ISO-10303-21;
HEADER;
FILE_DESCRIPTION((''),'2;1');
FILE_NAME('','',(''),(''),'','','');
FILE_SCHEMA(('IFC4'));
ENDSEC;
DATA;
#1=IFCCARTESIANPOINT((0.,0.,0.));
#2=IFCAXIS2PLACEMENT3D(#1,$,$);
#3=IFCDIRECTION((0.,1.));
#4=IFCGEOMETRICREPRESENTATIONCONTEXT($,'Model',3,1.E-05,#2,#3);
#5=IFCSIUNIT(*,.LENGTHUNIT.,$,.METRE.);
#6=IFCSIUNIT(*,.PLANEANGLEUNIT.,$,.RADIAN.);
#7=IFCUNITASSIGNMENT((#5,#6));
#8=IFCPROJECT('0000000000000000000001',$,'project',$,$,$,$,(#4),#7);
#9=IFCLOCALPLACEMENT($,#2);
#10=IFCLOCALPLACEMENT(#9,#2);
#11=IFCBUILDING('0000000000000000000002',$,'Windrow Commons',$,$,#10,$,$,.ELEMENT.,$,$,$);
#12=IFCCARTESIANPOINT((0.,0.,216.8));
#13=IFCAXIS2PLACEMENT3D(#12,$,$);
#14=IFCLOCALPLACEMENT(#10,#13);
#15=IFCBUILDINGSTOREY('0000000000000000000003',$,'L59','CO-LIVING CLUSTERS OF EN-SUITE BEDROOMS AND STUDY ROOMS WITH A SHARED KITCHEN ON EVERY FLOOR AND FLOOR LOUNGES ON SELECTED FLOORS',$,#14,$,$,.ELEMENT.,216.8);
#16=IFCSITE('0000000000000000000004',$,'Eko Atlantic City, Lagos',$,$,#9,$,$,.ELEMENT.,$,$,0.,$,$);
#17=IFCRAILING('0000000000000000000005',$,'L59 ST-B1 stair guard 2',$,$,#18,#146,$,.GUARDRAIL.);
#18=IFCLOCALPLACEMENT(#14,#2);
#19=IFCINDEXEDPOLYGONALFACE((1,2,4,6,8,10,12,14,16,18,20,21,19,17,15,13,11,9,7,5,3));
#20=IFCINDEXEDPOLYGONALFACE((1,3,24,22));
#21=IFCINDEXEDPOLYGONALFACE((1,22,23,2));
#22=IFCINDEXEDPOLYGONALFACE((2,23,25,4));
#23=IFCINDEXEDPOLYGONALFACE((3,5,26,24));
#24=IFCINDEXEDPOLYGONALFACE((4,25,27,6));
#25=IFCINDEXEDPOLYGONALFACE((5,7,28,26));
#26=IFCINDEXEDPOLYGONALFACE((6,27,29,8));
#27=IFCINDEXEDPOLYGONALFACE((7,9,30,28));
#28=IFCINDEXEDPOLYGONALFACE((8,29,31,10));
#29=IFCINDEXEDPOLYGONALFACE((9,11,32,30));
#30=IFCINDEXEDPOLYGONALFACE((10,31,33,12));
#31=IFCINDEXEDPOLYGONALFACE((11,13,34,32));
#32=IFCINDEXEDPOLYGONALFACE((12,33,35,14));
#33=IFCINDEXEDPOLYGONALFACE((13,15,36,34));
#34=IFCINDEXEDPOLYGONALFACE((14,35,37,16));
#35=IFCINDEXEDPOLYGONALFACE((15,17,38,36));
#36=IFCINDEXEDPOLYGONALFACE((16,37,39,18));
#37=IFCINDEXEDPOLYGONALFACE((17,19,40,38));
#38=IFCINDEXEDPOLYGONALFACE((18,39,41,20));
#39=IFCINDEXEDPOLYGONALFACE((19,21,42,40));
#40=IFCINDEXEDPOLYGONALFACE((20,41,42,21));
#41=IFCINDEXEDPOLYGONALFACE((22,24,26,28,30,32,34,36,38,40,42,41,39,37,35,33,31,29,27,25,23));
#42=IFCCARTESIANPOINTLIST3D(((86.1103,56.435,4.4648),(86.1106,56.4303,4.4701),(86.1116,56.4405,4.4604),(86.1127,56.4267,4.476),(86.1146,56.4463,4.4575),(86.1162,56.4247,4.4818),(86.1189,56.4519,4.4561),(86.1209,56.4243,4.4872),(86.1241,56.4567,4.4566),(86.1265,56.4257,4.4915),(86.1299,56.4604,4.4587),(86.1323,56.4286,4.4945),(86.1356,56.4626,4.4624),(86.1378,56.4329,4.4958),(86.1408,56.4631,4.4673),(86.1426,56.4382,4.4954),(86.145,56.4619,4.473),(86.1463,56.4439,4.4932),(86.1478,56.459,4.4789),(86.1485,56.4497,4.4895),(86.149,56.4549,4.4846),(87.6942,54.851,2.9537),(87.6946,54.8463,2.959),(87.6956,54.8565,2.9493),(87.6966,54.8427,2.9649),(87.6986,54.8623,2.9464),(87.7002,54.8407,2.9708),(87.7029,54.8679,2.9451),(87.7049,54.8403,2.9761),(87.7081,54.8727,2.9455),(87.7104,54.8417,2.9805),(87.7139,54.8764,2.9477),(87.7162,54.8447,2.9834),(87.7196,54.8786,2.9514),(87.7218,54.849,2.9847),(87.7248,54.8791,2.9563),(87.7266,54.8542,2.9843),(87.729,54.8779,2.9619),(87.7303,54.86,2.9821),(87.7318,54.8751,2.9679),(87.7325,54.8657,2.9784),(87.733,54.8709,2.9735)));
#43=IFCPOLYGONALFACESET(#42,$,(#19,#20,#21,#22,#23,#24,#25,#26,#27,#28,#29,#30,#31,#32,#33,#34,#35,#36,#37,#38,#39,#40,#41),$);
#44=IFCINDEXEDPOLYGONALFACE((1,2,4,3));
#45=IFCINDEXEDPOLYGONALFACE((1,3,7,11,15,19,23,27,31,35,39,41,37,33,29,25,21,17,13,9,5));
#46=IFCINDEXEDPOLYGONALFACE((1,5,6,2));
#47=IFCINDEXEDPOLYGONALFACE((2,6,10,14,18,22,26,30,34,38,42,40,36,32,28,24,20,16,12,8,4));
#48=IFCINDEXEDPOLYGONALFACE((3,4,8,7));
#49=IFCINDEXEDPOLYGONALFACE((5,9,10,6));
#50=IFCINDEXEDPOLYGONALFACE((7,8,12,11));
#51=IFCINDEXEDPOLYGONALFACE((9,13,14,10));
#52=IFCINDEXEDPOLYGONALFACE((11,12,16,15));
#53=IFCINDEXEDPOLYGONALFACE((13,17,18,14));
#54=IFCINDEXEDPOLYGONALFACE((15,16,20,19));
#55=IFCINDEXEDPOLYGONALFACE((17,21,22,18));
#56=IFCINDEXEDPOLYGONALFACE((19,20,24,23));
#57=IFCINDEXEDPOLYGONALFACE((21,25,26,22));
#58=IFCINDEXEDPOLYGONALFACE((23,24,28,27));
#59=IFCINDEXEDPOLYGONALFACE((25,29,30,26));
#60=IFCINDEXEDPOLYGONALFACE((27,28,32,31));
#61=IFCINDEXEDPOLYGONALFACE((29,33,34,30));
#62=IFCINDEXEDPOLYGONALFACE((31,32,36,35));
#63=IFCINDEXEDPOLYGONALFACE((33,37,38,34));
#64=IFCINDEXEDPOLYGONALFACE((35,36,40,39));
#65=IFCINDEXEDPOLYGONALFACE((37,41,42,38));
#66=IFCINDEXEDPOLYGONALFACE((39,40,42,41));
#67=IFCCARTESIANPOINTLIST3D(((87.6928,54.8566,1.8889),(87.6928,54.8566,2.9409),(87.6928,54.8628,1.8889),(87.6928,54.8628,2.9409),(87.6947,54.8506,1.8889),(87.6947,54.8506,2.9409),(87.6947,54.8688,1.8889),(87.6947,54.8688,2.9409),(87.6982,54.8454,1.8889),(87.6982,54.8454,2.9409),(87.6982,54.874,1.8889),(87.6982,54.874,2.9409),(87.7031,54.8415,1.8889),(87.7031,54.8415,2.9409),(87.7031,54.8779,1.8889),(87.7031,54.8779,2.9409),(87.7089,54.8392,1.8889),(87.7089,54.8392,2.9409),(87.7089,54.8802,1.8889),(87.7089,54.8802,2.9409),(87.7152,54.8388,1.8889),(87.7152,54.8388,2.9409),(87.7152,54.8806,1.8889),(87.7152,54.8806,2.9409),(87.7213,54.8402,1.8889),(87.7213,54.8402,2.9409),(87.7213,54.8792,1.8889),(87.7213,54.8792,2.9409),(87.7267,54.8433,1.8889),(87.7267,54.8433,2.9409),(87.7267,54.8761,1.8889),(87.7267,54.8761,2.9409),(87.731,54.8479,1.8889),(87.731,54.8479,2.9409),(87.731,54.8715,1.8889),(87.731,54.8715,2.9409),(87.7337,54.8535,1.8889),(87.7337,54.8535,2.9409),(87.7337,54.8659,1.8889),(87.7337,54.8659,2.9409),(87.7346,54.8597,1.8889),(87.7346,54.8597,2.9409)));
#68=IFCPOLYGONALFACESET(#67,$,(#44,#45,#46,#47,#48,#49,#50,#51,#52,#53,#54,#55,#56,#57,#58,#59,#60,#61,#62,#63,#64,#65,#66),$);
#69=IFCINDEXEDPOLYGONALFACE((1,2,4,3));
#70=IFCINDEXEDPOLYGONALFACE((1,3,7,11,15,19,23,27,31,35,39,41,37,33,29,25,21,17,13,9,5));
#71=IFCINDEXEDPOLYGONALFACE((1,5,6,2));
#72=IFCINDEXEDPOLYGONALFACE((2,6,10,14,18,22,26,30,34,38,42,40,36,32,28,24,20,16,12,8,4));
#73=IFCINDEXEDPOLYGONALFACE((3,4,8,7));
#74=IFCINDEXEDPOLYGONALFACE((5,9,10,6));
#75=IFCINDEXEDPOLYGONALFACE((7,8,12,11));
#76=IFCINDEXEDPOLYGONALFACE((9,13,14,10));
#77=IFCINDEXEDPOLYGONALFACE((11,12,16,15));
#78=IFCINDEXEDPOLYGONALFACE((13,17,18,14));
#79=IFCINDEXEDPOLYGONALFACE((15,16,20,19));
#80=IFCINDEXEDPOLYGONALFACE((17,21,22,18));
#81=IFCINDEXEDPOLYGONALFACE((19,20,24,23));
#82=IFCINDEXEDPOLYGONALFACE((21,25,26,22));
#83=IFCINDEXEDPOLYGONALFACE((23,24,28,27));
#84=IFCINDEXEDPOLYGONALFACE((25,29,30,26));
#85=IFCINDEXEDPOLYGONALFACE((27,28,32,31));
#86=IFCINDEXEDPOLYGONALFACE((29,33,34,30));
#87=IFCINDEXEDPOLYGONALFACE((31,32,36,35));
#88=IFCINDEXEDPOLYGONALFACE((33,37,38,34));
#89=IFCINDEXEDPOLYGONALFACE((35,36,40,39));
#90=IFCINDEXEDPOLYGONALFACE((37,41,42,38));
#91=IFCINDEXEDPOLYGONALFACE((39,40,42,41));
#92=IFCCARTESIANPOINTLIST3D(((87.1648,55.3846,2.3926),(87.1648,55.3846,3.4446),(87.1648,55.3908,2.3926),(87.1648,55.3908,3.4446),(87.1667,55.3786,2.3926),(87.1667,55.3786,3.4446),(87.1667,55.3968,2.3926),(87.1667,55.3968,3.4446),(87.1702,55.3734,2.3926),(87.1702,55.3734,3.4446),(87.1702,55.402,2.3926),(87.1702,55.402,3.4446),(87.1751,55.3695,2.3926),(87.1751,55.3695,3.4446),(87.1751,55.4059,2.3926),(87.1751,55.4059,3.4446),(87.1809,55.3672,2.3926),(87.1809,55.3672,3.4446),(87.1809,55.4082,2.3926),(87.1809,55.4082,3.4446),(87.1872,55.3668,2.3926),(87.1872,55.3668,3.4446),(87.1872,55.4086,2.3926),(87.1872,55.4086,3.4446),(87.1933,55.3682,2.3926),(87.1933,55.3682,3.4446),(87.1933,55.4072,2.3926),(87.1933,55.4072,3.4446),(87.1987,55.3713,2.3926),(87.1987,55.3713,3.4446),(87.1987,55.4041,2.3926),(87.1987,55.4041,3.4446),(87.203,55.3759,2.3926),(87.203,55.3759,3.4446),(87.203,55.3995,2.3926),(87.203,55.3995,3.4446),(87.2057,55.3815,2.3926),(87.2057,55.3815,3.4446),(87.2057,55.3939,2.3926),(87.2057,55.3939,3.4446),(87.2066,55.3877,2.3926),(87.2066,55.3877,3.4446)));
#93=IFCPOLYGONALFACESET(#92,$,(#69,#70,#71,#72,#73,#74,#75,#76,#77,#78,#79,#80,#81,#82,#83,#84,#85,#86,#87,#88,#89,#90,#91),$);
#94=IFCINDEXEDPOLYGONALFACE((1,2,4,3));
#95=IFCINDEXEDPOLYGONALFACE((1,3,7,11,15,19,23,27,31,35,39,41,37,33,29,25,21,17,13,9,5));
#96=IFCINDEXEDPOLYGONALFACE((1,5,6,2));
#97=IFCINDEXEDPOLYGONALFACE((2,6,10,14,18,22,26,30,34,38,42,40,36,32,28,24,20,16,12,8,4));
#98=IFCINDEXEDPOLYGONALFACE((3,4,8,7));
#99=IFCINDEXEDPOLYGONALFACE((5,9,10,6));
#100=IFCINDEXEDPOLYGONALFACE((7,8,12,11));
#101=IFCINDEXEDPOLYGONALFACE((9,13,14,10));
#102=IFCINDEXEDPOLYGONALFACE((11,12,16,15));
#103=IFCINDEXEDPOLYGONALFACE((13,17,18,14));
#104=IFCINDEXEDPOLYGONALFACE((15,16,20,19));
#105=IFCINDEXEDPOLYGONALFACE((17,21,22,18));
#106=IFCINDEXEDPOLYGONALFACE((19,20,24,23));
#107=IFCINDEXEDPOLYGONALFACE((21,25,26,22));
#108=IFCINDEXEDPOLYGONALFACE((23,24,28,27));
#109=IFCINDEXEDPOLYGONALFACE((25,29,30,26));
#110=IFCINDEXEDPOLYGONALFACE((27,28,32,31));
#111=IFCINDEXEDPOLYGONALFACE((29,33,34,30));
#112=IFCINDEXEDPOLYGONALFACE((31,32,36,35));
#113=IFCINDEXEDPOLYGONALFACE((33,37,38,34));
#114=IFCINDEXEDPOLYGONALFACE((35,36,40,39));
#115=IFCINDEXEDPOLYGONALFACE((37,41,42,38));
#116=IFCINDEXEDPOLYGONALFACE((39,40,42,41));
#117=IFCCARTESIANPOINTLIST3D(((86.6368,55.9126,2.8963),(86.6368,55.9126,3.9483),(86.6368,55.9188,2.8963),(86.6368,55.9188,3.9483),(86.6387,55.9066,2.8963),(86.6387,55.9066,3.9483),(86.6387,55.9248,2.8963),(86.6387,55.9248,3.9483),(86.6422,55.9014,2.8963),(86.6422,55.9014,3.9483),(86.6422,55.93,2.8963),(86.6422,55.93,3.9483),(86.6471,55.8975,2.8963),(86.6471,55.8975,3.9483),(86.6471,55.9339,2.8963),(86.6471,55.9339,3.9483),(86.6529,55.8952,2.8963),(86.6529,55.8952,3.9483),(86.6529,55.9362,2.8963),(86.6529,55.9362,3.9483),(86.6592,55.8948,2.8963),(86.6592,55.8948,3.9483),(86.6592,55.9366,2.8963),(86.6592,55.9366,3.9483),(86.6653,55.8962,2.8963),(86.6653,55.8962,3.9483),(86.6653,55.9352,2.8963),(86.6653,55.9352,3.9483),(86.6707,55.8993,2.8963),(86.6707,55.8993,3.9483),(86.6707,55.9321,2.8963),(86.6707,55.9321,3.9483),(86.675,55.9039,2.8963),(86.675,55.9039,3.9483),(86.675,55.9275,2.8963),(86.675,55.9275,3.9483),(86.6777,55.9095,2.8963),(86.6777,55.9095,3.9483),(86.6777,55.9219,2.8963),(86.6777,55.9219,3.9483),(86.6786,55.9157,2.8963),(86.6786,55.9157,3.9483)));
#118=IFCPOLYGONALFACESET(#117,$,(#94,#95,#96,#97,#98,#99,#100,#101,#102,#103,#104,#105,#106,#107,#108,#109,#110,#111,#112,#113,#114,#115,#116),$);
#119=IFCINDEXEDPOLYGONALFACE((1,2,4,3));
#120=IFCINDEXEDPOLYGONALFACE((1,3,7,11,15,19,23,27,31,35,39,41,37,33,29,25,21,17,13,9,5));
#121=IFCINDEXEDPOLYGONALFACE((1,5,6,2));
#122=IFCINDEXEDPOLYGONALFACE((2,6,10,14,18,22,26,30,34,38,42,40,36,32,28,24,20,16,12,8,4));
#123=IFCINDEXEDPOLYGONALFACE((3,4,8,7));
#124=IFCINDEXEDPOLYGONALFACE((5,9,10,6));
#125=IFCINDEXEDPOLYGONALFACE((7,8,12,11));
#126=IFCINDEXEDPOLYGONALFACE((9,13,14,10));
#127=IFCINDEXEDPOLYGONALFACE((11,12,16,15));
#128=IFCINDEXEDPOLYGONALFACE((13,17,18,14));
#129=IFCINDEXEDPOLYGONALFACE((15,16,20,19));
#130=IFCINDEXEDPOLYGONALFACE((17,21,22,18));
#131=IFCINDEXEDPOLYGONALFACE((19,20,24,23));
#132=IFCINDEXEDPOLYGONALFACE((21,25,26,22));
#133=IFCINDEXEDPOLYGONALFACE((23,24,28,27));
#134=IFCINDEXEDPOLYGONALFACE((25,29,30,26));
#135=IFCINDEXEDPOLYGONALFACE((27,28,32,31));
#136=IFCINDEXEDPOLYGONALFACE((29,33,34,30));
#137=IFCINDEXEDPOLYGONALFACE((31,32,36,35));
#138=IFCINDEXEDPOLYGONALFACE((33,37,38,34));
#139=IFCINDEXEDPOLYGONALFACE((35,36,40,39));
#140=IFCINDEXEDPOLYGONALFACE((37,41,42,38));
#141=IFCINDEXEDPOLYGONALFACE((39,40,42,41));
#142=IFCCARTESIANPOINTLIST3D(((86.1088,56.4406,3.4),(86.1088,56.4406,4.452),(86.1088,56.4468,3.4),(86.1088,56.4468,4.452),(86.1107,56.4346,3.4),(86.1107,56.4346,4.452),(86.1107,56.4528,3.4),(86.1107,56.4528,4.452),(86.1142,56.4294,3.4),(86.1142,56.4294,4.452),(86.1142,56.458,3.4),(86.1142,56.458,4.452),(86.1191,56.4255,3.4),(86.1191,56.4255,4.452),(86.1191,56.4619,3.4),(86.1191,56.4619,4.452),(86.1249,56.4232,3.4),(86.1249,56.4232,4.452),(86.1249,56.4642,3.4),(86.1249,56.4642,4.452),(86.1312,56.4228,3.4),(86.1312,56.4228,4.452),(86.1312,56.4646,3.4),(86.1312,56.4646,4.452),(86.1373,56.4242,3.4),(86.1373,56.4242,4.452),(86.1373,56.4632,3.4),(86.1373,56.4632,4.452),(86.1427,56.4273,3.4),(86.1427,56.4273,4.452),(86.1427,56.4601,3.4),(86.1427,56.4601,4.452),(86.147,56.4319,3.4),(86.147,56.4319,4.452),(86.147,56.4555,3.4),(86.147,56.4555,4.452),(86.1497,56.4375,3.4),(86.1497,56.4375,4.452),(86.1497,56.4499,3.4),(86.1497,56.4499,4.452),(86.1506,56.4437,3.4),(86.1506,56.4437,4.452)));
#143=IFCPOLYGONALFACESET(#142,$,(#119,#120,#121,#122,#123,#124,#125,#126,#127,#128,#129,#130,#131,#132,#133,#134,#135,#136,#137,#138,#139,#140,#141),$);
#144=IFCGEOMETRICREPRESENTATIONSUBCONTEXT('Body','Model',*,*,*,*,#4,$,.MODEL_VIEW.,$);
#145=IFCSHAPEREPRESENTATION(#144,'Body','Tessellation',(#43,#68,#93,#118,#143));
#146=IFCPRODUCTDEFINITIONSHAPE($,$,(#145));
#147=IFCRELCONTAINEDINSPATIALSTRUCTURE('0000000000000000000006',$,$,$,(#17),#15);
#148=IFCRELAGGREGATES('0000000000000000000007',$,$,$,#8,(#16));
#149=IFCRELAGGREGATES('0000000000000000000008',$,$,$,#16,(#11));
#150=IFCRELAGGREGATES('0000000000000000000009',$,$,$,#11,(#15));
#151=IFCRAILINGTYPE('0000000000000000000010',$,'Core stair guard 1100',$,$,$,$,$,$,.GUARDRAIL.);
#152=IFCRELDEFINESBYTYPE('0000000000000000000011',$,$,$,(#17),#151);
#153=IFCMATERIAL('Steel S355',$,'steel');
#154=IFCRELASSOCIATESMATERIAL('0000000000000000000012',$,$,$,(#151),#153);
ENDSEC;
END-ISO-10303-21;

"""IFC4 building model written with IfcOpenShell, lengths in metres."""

from ifc_helpers import new_model, si_unit, direction, frame, origin, origin_2d, place, context, subcontext, project, spatial, circle, extrude, material, type_object, element, save


model = new_model("IFC4")

# Units and contexts
model_context = context("Model", 3, precision=1e-05, world=origin(), true_north=direction((0.0, 1.0)))
body_context = subcontext(model_context, "Body", "Model", "MODEL_VIEW")
ifc_project = project(units=[si_unit("LENGTHUNIT", "METRE"), si_unit("PLANEANGLEUNIT", "RADIAN")], contexts=[model_context])

# Site, building, storey
site_placement = place(None, origin())
site = spatial("IfcSite", under=ifc_project, at=site_placement, Name="Eko Atlantic City, Lagos", CompositionType="ELEMENT", RefElevation=0.0)
building_placement = place(site_placement, origin())
building = spatial("IfcBuilding", under=site, at=building_placement, Name="Windrow Commons", CompositionType="ELEMENT")
storey_placement = place(building_placement, frame((0.0, 0.0, 216.8)))
storey = spatial("IfcBuildingStorey", under=building, at=storey_placement, Name="L59", Description="CO-LIVING CLUSTERS OF EN-SUITE BEDROOMS AND STUDY ROOMS WITH A SHARED KITCHEN ON EVERY FLOOR AND FLOOR LOUNGES ON SELECTED FLOORS", CompositionType="ELEMENT", Elevation=216.8)

# Railing
ifc_material_1 = material(Name="Steel S355", Category="steel")
railing_type_1 = type_object("IfcRailingType", Name="Core stair guard 1100", PredefinedType="GUARDRAIL", material=ifc_material_1)
railing_1_placement = place(storey_placement, frame((87.7136, 54.8597, 1.8889)))
element("IfcRailing", 1, at=railing_1_placement, inside=storey, type_object=railing_type_1, Name="L59 ST-B1 stair guard 2", PredefinedType="GUARDRAIL", context=body_context, shape_type="SweptSolid", body=[
    extrude(circle(Radius=0.024, at=origin_2d()), frame((0.0, 0.0, 1.076), z_axis=(-0.586203, 0.586203, 0.559224), x_axis=(-0.707107, -0.707107, 0.0)), (0.0, 0.0, 1.0), 2.7021),
    extrude(circle(Radius=0.021, at=origin_2d()), origin(), (0.0, 0.0, 1.0), 1.052),
    extrude(circle(Radius=0.021, at=origin_2d()), frame((-0.528, 0.528, 0.5037)), (0.0, 0.0, 1.0), 1.052),
    extrude(circle(Radius=0.021, at=origin_2d()), frame((-1.056, 1.056, 1.0074)), (0.0, 0.0, 1.0), 1.052),
    extrude(circle(Radius=0.021, at=origin_2d()), frame((-1.584, 1.584, 1.5111)), (0.0, 0.0, 1.0), 1.052),
])

save(model, "model.ifc")
